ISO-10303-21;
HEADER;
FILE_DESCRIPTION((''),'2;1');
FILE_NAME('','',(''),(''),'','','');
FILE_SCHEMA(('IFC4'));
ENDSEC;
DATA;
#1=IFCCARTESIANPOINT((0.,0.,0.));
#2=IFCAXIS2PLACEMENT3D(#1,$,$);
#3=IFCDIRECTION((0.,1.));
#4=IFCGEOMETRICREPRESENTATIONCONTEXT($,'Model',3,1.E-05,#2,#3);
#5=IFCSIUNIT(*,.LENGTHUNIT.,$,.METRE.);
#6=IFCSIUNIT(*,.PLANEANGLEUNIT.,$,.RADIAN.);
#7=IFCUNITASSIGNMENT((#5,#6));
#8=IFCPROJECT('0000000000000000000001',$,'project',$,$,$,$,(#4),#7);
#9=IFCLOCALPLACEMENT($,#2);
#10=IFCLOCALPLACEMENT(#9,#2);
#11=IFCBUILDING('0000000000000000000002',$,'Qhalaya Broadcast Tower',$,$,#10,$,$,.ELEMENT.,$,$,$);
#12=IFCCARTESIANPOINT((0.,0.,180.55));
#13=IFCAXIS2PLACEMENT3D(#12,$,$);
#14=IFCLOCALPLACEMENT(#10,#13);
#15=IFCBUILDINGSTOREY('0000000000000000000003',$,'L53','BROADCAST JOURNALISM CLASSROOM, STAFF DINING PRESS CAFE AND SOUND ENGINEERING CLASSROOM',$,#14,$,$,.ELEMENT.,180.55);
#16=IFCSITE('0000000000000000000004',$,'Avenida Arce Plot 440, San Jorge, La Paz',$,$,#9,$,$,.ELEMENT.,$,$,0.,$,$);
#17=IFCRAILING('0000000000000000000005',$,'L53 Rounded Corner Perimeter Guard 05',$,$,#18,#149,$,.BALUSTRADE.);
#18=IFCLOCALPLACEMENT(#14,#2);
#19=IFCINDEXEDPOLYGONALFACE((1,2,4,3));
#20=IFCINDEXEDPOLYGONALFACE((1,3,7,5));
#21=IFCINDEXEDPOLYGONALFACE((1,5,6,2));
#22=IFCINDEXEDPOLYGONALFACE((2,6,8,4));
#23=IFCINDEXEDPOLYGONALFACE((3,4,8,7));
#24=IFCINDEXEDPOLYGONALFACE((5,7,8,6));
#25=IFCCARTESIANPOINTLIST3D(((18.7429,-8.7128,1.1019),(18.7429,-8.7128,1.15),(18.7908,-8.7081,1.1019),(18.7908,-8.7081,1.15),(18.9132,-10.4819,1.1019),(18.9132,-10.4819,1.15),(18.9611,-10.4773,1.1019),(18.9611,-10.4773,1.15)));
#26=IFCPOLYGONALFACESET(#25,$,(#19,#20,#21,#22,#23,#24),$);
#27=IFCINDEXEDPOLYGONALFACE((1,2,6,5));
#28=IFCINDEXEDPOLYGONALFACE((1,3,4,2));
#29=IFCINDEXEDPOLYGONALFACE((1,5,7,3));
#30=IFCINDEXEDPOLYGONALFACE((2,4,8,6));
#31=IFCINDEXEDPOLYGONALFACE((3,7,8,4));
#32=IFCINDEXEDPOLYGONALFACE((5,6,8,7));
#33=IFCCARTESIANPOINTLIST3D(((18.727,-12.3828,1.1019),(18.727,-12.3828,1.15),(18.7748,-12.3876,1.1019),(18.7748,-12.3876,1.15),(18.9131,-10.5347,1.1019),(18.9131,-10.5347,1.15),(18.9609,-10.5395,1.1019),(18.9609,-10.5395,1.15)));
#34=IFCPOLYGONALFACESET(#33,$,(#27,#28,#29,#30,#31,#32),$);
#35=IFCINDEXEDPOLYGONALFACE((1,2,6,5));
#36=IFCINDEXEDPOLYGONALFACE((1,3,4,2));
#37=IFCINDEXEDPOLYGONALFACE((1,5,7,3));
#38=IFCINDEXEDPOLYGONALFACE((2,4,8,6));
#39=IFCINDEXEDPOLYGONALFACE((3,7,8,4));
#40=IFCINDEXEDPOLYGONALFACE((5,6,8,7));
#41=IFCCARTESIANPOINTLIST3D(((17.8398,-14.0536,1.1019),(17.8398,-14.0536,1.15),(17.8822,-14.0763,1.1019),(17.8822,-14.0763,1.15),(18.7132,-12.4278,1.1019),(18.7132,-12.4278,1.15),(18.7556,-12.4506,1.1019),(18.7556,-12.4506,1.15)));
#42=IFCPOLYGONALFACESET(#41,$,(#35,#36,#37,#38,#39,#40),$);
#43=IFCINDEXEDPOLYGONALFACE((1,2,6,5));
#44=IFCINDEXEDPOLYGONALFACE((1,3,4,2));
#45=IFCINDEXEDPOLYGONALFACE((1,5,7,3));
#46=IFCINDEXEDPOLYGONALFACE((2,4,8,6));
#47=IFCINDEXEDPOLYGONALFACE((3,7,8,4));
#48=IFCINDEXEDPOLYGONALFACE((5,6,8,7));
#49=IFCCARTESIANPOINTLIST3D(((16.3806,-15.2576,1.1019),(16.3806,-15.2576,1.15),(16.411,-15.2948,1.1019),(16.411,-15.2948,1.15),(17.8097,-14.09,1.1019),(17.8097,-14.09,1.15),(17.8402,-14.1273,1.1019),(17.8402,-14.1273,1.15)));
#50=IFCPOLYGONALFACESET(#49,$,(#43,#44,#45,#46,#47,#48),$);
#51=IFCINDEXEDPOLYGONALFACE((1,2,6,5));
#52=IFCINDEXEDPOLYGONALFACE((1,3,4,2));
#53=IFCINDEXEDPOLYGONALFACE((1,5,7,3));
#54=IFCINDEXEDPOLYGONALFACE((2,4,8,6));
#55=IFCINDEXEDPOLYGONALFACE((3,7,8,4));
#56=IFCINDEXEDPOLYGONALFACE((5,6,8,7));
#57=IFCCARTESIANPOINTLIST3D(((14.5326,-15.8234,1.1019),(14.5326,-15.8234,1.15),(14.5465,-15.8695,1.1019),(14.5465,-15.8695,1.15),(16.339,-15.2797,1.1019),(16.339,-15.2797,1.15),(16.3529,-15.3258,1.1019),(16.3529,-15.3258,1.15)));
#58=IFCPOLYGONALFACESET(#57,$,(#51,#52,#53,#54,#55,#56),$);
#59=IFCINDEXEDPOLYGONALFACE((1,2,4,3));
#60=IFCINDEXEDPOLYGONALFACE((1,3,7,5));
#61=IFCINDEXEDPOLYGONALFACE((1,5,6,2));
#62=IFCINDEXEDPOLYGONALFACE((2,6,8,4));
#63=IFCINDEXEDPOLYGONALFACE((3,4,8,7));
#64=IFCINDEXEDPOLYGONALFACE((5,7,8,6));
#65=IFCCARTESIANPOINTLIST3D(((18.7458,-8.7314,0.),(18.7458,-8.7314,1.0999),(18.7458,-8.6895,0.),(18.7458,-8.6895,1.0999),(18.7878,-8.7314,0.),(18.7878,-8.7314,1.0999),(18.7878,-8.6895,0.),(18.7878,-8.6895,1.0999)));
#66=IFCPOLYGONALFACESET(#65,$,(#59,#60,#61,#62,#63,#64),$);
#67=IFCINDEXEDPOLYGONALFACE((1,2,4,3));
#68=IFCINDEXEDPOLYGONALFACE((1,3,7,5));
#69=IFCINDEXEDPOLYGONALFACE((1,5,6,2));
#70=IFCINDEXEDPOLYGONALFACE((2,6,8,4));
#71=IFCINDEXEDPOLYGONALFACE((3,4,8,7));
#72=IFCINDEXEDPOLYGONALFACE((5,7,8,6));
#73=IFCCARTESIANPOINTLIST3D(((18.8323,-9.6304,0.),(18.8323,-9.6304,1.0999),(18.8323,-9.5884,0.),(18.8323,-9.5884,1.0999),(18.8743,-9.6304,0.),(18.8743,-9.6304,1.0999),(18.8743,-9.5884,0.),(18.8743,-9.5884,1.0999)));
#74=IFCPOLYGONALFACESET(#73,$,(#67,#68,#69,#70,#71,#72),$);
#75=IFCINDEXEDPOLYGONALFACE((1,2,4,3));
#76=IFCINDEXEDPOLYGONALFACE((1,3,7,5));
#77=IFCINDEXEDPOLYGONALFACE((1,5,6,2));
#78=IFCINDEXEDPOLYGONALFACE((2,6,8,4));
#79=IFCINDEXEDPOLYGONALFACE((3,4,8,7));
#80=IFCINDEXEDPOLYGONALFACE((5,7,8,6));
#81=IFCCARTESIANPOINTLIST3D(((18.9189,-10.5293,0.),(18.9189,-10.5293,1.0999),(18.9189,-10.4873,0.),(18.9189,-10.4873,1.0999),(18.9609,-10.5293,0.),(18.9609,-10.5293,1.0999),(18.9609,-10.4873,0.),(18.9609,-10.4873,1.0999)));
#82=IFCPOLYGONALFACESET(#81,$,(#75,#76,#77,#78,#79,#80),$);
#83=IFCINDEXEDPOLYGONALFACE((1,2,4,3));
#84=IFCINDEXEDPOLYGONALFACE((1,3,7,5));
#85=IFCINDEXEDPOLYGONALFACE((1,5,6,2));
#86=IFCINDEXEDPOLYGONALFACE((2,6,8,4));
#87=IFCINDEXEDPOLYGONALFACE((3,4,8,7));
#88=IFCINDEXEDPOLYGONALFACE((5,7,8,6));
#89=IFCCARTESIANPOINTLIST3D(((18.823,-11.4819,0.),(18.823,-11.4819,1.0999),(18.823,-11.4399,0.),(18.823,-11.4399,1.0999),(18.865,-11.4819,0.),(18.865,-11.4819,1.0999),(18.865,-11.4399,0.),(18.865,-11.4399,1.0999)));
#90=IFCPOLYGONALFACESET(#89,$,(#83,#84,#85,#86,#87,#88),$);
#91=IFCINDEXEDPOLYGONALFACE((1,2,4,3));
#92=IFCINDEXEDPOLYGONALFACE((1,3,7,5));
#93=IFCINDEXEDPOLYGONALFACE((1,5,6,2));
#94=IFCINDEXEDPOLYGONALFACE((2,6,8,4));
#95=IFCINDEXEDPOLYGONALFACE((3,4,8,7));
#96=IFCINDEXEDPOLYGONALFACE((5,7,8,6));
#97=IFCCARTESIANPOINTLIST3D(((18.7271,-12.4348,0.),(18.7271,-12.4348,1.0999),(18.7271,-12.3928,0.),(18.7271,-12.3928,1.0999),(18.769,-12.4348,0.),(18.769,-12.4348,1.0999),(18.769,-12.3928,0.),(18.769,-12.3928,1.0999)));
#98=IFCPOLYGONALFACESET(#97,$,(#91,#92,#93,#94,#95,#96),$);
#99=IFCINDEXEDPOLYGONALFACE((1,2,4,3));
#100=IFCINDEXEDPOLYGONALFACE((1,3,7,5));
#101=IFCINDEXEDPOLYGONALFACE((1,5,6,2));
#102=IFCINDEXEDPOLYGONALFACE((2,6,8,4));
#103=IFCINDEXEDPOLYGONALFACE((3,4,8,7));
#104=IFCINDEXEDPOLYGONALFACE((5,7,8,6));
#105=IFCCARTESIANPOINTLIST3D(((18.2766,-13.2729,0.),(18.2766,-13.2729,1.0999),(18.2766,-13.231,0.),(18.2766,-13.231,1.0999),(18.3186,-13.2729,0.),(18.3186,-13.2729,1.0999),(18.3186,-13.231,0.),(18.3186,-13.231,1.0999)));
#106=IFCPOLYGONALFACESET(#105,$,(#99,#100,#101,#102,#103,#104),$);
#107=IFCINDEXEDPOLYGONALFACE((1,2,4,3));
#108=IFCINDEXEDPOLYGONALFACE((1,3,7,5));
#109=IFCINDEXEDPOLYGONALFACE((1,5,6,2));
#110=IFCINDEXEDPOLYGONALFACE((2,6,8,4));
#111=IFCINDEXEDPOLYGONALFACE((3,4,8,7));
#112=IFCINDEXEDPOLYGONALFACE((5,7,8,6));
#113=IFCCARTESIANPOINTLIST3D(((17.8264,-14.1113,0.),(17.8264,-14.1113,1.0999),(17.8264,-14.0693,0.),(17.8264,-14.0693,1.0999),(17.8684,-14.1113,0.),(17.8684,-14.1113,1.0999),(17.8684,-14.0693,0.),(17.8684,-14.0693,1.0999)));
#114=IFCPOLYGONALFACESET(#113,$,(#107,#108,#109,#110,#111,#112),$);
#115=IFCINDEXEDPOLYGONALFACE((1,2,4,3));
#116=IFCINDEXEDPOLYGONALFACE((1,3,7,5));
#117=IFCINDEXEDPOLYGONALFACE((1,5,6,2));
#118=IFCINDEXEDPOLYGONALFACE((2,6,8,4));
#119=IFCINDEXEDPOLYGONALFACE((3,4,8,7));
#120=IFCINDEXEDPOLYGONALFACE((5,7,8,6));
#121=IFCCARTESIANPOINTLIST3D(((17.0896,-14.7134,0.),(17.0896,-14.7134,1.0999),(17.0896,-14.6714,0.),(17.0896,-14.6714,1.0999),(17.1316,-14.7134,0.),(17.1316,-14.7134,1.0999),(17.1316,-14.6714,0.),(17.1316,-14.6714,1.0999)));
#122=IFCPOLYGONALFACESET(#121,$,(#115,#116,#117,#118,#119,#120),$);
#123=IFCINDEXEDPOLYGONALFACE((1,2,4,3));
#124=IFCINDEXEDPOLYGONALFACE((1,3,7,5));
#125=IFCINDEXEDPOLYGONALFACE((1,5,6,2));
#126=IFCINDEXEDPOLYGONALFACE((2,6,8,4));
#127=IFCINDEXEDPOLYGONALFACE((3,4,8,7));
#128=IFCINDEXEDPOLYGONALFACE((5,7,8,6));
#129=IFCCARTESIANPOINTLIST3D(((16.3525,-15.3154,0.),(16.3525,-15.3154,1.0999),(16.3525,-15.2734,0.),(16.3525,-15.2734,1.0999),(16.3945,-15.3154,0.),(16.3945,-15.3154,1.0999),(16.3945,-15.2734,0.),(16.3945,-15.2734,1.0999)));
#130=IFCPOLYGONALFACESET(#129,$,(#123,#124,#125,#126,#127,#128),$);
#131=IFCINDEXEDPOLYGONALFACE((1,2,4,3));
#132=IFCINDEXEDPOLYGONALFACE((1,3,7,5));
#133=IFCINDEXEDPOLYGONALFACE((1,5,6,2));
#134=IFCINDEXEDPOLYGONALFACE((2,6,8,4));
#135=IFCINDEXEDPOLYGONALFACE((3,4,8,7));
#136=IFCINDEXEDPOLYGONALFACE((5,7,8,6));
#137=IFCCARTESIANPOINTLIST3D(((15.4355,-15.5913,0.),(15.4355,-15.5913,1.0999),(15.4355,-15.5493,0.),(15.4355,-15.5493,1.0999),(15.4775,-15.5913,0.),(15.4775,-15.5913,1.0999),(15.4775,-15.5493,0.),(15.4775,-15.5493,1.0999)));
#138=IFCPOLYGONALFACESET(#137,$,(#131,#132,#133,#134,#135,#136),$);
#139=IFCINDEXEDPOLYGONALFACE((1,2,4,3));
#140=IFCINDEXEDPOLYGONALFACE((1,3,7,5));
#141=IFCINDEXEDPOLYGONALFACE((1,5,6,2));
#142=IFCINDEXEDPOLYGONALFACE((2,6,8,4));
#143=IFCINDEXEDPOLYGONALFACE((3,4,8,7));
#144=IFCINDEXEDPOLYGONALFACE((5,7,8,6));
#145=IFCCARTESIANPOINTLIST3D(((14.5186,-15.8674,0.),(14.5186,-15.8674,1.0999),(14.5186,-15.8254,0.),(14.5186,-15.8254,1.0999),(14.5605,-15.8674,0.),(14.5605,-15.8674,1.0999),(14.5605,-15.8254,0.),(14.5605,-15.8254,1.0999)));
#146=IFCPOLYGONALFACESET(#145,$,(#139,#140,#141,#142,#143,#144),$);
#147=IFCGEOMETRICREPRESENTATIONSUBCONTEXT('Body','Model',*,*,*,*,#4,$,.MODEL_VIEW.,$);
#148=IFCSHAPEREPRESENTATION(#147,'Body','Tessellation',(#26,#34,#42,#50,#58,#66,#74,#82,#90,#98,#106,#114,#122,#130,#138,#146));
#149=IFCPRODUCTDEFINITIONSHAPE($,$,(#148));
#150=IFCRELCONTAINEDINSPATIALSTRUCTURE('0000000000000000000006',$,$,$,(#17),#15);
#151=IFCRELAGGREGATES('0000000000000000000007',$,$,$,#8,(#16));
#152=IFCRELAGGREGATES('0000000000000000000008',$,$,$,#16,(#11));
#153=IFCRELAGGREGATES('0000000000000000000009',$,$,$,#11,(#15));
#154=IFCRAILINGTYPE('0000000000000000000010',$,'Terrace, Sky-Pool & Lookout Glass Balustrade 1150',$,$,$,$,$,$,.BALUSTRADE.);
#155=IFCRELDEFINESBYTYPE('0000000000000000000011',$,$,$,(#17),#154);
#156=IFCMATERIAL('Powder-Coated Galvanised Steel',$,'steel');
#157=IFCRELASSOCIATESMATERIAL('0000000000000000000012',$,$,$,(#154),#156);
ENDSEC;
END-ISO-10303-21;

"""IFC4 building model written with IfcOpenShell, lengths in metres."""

from ifc_helpers import new_model, si_unit, direction, frame, origin, origin_2d, place, context, subcontext, project, spatial, rectangle, extrude, material, type_object, element, save


model = new_model("IFC4")

# Units and contexts
model_context = context("Model", 3, precision=1e-05, world=origin(), true_north=direction((0.0, 1.0)))
body_context = subcontext(model_context, "Body", "Model", "MODEL_VIEW")
ifc_project = project(units=[si_unit("LENGTHUNIT", "METRE"), si_unit("PLANEANGLEUNIT", "RADIAN")], contexts=[model_context])

# Site, building, storey
site_placement = place(None, origin())
site = spatial("IfcSite", under=ifc_project, at=site_placement, Name="Avenida Arce Plot 440, San Jorge, La Paz", CompositionType="ELEMENT", RefElevation=0.0)
building_placement = place(site_placement, origin())
building = spatial("IfcBuilding", under=site, at=building_placement, Name="Qhalaya Broadcast Tower", CompositionType="ELEMENT")
storey_placement = place(building_placement, frame((0.0, 0.0, 180.55)))
storey = spatial("IfcBuildingStorey", under=building, at=storey_placement, Name="L53", Description="BROADCAST JOURNALISM CLASSROOM, STAFF DINING PRESS CAFE AND SOUND ENGINEERING CLASSROOM", CompositionType="ELEMENT", Elevation=180.55)

# Railing
ifc_material_1 = material(Name="Powder-Coated Galvanised Steel", Category="steel")
railing_type = type_object("IfcRailingType", Name="Terrace, Sky-Pool & Lookout Glass Balustrade 1150", PredefinedType="BALUSTRADE", material=ifc_material_1)
railing_1_placement = place(storey_placement, frame((18.7668, -8.7104, 0.0)))
element("IfcRailing", 1, at=railing_1_placement, inside=storey, type_object=railing_type, Name="L53 Rounded Corner Perimeter Guard 05", PredefinedType="BALUSTRADE", context=body_context, shape_type="SweptSolid", body=[
    extrude(rectangle(XDim=0.0481, YDim=0.0481, at=origin_2d()), frame((0.0, 0.0, 1.126), z_axis=(0.095836, -0.995397, 0.0), x_axis=(0.995397, 0.095836, 0.0)), (0.0, 0.0, 1.0), 1.7773),
    extrude(rectangle(XDim=0.0481, YDim=0.0481, at=origin_2d()), frame((0.1702, -1.8267, 1.126), z_axis=(-0.100198, -0.994968, 0.0), x_axis=(0.994968, -0.100198, 0.0)), (0.0, 0.0, 1.0), 1.8574),
    extrude(rectangle(XDim=0.0481, YDim=0.0481, at=origin_2d()), frame((-0.0325, -3.7288, 1.126), z_axis=(-0.473243, -0.880932, 0.0), x_axis=(0.880932, -0.473243, 0.0)), (0.0, 0.0, 1.0), 1.8455),
    extrude(rectangle(XDim=0.0481, YDim=0.0481, at=origin_2d()), frame((-0.9419, -5.3982, 1.126), z_axis=(-0.77442, -0.632672, 0.0), x_axis=(0.632672, -0.77442, 0.0)), (0.0, 0.0, 1.0), 1.8455),
    extrude(rectangle(XDim=0.0481, YDim=0.0481, at=origin_2d()), frame((-2.4209, -6.5923, 1.126), z_axis=(-0.957566, -0.288213, 0.0), x_axis=(0.288213, -0.957566, 0.0)), (0.0, 0.0, 1.0), 1.8865),
    extrude(rectangle(XDim=0.042, YDim=0.042, at=origin_2d()), origin(), (0.0, 0.0, 1.0), 1.0999),
    extrude(rectangle(XDim=0.042, YDim=0.042, at=origin_2d()), frame((0.0864, -0.8989, 0.0)), (0.0, 0.0, 1.0), 1.0999),
    extrude(rectangle(XDim=0.042, YDim=0.042, at=origin_2d()), frame((0.1731, -1.7979, 0.0)), (0.0, 0.0, 1.0), 1.0999),
    extrude(rectangle(XDim=0.042, YDim=0.042, at=origin_2d()), frame((0.0771, -2.7505, 0.0)), (0.0, 0.0, 1.0), 1.0999),
    extrude(rectangle(XDim=0.042, YDim=0.042, at=origin_2d()), frame((-0.0188, -3.7034, 0.0)), (0.0, 0.0, 1.0), 1.0999),
    extrude(rectangle(XDim=0.042, YDim=0.042, at=origin_2d()), frame((-0.4692, -4.5415, 0.0)), (0.0, 0.0, 1.0), 1.0999),
    extrude(rectangle(XDim=0.042, YDim=0.042, at=origin_2d()), frame((-0.9194, -5.3799, 0.0)), (0.0, 0.0, 1.0), 1.0999),
    extrude(rectangle(XDim=0.042, YDim=0.042, at=origin_2d()), frame((-1.6562, -5.9819, 0.0)), (0.0, 0.0, 1.0), 1.0999),
    extrude(rectangle(XDim=0.042, YDim=0.042, at=origin_2d()), frame((-2.3933, -6.584, 0.0)), (0.0, 0.0, 1.0), 1.0999),
    extrude(rectangle(XDim=0.042, YDim=0.042, at=origin_2d()), frame((-3.3103, -6.8599, 0.0)), (0.0, 0.0, 1.0), 1.0999),
    extrude(rectangle(XDim=0.042, YDim=0.042, at=origin_2d()), frame((-4.2273, -7.136, 0.0)), (0.0, 0.0, 1.0), 1.0999),
])

save(model, "model.ifc")
